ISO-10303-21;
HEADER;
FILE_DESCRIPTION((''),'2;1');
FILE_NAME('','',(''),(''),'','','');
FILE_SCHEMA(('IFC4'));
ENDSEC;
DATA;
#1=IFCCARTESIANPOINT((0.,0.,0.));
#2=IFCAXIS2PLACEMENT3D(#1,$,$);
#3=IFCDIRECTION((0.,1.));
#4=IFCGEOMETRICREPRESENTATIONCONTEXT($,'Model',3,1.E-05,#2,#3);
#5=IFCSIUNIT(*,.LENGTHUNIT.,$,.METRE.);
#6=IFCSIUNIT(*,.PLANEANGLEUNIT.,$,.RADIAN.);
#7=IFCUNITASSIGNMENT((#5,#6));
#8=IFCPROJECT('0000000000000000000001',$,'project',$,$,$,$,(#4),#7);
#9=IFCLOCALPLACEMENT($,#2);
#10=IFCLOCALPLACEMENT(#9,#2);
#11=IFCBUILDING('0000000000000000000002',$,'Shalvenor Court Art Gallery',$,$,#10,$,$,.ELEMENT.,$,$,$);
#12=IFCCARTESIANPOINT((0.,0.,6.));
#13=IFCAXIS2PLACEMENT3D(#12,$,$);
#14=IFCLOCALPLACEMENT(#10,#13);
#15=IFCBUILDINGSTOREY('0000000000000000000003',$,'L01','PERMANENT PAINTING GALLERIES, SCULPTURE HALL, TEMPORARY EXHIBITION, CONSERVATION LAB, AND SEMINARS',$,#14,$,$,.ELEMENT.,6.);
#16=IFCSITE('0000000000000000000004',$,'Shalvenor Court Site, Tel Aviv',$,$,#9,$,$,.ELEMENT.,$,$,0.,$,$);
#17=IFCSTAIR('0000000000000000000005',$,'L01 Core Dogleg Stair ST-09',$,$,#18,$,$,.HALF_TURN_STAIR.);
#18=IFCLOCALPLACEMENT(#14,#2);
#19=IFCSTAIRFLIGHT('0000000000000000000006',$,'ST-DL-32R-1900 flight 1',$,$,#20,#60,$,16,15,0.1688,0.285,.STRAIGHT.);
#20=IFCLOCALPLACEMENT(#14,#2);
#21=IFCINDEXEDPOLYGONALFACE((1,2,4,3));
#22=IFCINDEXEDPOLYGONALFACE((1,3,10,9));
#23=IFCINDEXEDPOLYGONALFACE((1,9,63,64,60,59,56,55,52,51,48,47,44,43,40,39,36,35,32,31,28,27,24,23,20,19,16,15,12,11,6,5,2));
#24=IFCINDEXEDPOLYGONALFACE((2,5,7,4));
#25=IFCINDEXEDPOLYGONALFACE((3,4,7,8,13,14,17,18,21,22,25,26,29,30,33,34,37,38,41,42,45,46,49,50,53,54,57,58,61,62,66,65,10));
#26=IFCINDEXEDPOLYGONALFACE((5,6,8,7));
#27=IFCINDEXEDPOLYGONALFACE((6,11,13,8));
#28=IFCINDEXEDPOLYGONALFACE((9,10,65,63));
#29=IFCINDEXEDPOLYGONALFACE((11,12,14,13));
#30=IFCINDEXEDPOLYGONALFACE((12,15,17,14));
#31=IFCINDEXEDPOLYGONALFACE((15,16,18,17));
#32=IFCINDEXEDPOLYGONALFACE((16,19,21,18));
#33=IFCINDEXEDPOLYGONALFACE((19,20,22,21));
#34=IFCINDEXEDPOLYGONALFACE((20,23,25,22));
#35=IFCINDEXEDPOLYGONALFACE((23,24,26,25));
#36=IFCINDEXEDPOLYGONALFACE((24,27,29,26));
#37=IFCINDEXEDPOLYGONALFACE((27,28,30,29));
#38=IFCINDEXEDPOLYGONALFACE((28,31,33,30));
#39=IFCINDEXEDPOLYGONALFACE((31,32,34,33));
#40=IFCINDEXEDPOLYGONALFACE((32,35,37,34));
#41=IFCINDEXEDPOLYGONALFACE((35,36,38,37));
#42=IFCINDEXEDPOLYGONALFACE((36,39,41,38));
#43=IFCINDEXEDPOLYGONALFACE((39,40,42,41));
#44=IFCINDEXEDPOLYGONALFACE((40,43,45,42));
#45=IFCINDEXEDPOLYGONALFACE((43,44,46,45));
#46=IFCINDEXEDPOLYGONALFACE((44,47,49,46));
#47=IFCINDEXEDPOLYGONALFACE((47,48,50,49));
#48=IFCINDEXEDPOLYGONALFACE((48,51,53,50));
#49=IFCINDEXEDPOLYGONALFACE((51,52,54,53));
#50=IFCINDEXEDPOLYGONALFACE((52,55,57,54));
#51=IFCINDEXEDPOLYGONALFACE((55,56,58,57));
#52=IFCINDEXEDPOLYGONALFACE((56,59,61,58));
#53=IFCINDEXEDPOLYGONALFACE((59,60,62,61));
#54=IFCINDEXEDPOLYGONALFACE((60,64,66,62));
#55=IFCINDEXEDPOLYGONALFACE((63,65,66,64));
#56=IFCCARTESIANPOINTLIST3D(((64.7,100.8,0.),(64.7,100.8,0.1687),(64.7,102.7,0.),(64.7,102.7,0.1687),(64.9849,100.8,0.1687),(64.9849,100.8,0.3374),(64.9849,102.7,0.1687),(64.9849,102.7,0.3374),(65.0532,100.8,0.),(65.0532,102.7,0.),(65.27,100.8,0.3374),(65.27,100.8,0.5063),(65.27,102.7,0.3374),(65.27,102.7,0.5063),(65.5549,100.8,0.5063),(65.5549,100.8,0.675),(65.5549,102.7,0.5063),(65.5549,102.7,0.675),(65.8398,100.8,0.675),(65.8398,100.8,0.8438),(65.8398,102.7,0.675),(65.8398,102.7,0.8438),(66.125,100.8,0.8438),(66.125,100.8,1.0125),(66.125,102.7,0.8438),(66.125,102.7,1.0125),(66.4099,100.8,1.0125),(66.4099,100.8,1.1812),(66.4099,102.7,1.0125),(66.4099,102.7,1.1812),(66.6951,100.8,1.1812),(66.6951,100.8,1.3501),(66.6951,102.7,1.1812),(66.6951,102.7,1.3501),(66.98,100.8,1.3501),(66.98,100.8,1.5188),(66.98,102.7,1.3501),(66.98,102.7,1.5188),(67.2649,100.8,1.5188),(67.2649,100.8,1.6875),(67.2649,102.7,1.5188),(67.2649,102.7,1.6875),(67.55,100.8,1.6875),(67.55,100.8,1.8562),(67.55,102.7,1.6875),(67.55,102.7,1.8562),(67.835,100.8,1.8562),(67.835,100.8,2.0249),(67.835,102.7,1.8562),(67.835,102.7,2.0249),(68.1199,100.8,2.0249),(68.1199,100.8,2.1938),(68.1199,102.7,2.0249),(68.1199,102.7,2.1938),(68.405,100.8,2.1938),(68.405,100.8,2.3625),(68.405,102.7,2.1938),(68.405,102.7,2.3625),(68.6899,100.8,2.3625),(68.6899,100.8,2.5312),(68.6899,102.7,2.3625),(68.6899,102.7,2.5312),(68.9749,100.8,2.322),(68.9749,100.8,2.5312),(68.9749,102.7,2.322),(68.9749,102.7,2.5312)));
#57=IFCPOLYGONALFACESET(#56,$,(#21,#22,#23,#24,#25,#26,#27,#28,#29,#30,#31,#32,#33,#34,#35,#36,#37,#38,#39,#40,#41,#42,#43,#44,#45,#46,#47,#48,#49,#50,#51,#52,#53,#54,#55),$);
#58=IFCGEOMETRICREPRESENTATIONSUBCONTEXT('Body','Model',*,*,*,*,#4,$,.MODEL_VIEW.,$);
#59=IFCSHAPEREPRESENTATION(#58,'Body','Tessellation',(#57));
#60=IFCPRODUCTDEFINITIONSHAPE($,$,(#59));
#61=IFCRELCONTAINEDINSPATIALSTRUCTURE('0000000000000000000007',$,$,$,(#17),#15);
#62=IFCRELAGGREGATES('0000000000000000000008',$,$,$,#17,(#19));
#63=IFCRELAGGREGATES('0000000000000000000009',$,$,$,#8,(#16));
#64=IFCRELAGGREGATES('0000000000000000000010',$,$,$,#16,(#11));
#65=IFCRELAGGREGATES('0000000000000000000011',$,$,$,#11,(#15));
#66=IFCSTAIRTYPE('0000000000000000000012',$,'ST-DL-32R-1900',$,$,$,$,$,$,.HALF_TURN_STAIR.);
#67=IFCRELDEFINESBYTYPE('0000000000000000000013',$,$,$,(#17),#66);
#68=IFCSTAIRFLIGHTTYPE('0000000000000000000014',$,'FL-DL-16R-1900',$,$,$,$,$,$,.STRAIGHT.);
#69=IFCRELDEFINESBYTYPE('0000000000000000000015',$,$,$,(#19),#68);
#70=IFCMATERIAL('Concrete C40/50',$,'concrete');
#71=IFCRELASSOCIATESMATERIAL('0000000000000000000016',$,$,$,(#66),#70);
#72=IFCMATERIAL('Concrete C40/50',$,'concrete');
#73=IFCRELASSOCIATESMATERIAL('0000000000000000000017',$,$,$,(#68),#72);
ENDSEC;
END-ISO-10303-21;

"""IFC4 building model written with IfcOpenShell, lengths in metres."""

from ifc_helpers import new_model, si_unit, direction, frame, origin, place, context, subcontext, project, spatial, polyline, outline, extrude, material, type_object, element, aggregate, save


model = new_model("IFC4")

# Units and contexts
model_context = context("Model", 3, precision=1e-05, world=origin(), true_north=direction((0.0, 1.0)))
body_context = subcontext(model_context, "Body", "Model", "MODEL_VIEW")
ifc_project = project(units=[si_unit("LENGTHUNIT", "METRE"), si_unit("PLANEANGLEUNIT", "RADIAN")], contexts=[model_context])

# Site, building, storey
site_placement = place(None, origin())
site = spatial("IfcSite", under=ifc_project, at=site_placement, Name="Shalvenor Court Site, Tel Aviv", CompositionType="ELEMENT", RefElevation=0.0)
building_placement = place(site_placement, origin())
building = spatial("IfcBuilding", under=site, at=building_placement, Name="Shalvenor Court Art Gallery", CompositionType="ELEMENT")
storey_placement = place(building_placement, frame((0.0, 0.0, 6.0)))
storey = spatial("IfcBuildingStorey", under=building, at=storey_placement, Name="L01", Description="PERMANENT PAINTING GALLERIES, SCULPTURE HALL, TEMPORARY EXHIBITION, CONSERVATION LAB, AND SEMINARS", CompositionType="ELEMENT", Elevation=6.0)

# Stair, stair flight
ifc_material_1 = material(Name="Concrete C40/50", Category="concrete")
stair_type = type_object("IfcStairType", Name="ST-DL-32R-1900", PredefinedType="HALF_TURN_STAIR", material=ifc_material_1)
stair_placement = place(storey_placement, origin())
stair = element("IfcStair", 1, at=stair_placement, inside=storey, type_object=stair_type, Name="L01 Core Dogleg Stair ST-09", PredefinedType="HALF_TURN_STAIR")
ifc_material_2 = material(Name="Concrete C40/50", Category="concrete")
stair_flight_type = type_object("IfcStairFlightType", Name="FL-DL-16R-1900", PredefinedType="STRAIGHT", material=ifc_material_2)
stair_flight_placement = place(storey_placement, frame((64.7, 101.75, 0.0), z_axis=(0.0, 0.0, 1.0), x_axis=(1.0, 0.0, 0.0)))
stair_flight = element("IfcStairFlight", 2, at=stair_flight_placement, type_object=stair_flight_type, Name="ST-DL-32R-1900 flight 1", NumberOfRisers=16, NumberOfTreads=15, PredefinedType="STRAIGHT", RiserHeight=0.1688, TreadLength=0.285, context=body_context, shape_type="SweptSolid", body=[
    extrude(outline(polyline([(0.0, 0.0), (0.0, 0.1687), (0.2849, 0.1687), (0.2849, 0.3374), (0.5701, 0.3374), (0.5701, 0.5063), (0.855, 0.5063), (0.855, 0.675), (1.1399, 0.675), (1.1399, 0.8438), (1.425, 0.8438), (1.425, 1.0125), (1.71, 1.0125), (1.71, 1.1812), (1.9951, 1.1812), (1.9951, 1.3501), (2.28, 1.3501), (2.28, 1.5188), (2.5649, 1.5188), (2.5649, 1.6875), (2.8501, 1.6875), (2.8501, 1.8562), (3.135, 1.8562), (3.135, 2.0249), (3.4199, 2.0249), (3.4199, 2.1938), (3.7051, 2.1938), (3.7051, 2.3625), (3.99, 2.3625), (3.99, 2.5312), (4.2749, 2.5312), (4.2749, 2.7), (4.2749, 2.322), (0.3533, 0.0), (0.0, 0.0)])), frame((0.0, 0.95, 0.0), z_axis=(0.0, -1.0, 0.0), x_axis=(1.0, 0.0, 0.0)), (0.0, 0.0, 1.0), 1.8999),
])
aggregate(stair, [stair_flight])

save(model, "model.ifc")
